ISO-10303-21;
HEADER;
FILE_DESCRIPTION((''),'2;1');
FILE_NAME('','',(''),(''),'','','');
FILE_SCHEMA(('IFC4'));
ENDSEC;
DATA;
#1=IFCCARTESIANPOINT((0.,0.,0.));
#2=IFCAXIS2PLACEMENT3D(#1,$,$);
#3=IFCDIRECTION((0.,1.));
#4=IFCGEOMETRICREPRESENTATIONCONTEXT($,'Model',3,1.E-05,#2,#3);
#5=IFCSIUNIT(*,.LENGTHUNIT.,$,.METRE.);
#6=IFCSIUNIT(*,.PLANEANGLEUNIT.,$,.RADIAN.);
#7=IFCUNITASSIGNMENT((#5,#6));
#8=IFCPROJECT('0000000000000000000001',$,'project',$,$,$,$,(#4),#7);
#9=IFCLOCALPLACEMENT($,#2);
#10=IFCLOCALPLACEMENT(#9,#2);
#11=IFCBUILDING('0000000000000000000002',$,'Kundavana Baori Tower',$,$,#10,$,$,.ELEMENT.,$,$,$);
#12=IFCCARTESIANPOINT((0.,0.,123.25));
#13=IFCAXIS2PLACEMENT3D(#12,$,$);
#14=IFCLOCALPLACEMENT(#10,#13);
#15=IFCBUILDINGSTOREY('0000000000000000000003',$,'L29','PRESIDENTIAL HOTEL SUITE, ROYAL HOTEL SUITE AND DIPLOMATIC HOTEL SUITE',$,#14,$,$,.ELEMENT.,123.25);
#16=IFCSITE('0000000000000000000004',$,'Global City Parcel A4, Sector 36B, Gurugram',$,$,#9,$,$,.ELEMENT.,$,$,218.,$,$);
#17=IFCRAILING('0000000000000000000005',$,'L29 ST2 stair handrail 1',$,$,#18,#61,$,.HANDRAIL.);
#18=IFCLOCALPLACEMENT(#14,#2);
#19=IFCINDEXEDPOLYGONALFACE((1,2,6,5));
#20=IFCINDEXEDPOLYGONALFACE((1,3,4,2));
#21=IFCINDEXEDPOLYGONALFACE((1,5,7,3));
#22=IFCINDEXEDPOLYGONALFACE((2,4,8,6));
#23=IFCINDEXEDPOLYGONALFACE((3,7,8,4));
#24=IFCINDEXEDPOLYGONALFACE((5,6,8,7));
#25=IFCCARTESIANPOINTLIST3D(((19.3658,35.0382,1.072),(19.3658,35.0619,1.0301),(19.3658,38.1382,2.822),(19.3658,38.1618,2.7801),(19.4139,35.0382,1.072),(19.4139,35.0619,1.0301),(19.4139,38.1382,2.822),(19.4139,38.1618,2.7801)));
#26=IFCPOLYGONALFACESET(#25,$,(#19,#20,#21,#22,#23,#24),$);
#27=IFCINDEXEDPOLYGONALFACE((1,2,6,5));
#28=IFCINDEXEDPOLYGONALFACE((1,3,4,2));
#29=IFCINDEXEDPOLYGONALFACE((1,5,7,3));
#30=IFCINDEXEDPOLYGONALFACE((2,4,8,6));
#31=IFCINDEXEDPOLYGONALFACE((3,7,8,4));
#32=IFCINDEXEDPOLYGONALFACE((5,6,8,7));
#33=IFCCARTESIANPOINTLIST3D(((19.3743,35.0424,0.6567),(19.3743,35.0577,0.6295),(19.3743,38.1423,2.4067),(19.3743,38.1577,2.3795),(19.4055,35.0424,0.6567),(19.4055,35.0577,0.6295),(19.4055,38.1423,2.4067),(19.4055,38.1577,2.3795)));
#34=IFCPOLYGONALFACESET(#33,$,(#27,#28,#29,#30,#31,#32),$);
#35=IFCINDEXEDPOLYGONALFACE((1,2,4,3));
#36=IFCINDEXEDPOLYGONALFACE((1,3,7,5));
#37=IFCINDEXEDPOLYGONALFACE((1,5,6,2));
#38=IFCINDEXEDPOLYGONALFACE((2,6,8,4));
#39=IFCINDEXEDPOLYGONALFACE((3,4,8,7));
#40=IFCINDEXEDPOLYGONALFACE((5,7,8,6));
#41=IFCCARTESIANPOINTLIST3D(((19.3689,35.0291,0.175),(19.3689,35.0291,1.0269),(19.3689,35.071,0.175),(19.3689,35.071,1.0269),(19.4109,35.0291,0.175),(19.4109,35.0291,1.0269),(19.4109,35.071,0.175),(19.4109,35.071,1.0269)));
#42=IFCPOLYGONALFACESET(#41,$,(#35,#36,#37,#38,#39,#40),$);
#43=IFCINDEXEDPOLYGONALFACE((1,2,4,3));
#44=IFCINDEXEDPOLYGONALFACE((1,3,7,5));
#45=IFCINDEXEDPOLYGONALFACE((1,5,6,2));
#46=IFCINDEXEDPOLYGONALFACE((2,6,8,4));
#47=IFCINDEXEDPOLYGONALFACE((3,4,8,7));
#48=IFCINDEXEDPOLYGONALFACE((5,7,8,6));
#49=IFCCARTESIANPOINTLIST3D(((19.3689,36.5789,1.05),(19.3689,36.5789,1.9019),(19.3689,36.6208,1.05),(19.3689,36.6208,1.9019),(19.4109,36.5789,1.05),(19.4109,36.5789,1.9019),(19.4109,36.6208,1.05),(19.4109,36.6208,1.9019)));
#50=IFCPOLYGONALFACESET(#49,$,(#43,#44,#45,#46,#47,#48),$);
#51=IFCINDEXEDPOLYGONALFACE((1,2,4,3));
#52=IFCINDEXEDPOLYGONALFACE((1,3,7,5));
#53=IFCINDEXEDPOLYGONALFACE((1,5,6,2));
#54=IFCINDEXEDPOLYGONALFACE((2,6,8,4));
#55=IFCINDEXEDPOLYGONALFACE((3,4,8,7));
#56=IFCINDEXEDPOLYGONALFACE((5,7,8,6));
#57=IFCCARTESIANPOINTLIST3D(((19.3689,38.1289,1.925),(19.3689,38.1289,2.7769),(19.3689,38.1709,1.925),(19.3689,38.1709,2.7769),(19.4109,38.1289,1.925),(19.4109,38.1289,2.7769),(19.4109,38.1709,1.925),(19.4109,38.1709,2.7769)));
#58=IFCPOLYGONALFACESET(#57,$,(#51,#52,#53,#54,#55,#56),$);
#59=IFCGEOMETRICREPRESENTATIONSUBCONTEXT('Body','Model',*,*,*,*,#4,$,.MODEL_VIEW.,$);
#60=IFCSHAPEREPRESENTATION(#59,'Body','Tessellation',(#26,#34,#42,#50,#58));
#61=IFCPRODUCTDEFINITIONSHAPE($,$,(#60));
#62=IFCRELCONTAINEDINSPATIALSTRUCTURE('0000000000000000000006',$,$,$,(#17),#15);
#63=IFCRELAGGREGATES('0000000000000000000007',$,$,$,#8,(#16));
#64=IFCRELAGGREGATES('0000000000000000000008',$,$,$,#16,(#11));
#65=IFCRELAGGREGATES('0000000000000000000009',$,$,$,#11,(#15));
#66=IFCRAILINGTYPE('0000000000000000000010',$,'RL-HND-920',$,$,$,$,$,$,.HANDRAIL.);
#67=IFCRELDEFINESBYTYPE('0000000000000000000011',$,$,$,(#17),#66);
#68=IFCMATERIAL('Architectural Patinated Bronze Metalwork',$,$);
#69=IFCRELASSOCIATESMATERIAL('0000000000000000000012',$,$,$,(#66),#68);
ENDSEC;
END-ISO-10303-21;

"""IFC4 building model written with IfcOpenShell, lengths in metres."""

from ifc_helpers import new_model, si_unit, direction, frame, origin, origin_2d, place, context, subcontext, project, spatial, rectangle, extrude, material, type_object, element, save


model = new_model("IFC4")

# Units and contexts
model_context = context("Model", 3, precision=1e-05, world=origin(), true_north=direction((0.0, 1.0)))
body_context = subcontext(model_context, "Body", "Model", "MODEL_VIEW")
ifc_project = project(units=[si_unit("LENGTHUNIT", "METRE"), si_unit("PLANEANGLEUNIT", "RADIAN")], contexts=[model_context])

# Site, building, storey
site_placement = place(None, origin())
site = spatial("IfcSite", under=ifc_project, at=site_placement, Name="Global City Parcel A4, Sector 36B, Gurugram", CompositionType="ELEMENT", RefElevation=218.0)
building_placement = place(site_placement, origin())
building = spatial("IfcBuilding", under=site, at=building_placement, Name="Kundavana Baori Tower", CompositionType="ELEMENT")
storey_placement = place(building_placement, frame((0.0, 0.0, 123.25)))
storey = spatial("IfcBuildingStorey", under=building, at=storey_placement, Name="L29", Description="PRESIDENTIAL HOTEL SUITE, ROYAL HOTEL SUITE AND DIPLOMATIC HOTEL SUITE", CompositionType="ELEMENT", Elevation=123.25)

# Railing
ifc_material_1 = material(Name="Architectural Patinated Bronze Metalwork")
railing_type_1 = type_object("IfcRailingType", Name="RL-HND-920", PredefinedType="HANDRAIL", material=ifc_material_1)
railing_1_placement = place(storey_placement, frame((19.3899, 35.05, 0.175)))
element("IfcRailing", 1, at=railing_1_placement, inside=storey, type_object=railing_type_1, Name="L29 ST2 stair handrail 1", PredefinedType="HANDRAIL", context=body_context, shape_type="SweptSolid", body=[
    extrude(rectangle(XDim=0.0481, YDim=0.0481, at=origin_2d()), frame((0.0, 0.0, 0.876), z_axis=(0.0, 0.870814, 0.491612), x_axis=(-1.0, 0.0, 0.0)), (0.0, 0.0, 1.0), 3.5598),
    extrude(rectangle(XDim=0.0312, YDim=0.0312, at=origin_2d()), frame((0.0, 0.0, 0.468), z_axis=(0.0, 0.870814, 0.491612), x_axis=(-1.0, 0.0, 0.0)), (0.0, 0.0, 1.0), 3.5598),
    extrude(rectangle(XDim=0.042, YDim=0.042, at=origin_2d()), origin(), (0.0, 0.0, 1.0), 0.8518),
    extrude(rectangle(XDim=0.042, YDim=0.042, at=origin_2d()), frame((0.0, 1.5498, 0.875)), (0.0, 0.0, 1.0), 0.8518),
    extrude(rectangle(XDim=0.042, YDim=0.042, at=origin_2d()), frame((0.0, 3.0999, 1.75)), (0.0, 0.0, 1.0), 0.8518),
])

save(model, "model.ifc")
